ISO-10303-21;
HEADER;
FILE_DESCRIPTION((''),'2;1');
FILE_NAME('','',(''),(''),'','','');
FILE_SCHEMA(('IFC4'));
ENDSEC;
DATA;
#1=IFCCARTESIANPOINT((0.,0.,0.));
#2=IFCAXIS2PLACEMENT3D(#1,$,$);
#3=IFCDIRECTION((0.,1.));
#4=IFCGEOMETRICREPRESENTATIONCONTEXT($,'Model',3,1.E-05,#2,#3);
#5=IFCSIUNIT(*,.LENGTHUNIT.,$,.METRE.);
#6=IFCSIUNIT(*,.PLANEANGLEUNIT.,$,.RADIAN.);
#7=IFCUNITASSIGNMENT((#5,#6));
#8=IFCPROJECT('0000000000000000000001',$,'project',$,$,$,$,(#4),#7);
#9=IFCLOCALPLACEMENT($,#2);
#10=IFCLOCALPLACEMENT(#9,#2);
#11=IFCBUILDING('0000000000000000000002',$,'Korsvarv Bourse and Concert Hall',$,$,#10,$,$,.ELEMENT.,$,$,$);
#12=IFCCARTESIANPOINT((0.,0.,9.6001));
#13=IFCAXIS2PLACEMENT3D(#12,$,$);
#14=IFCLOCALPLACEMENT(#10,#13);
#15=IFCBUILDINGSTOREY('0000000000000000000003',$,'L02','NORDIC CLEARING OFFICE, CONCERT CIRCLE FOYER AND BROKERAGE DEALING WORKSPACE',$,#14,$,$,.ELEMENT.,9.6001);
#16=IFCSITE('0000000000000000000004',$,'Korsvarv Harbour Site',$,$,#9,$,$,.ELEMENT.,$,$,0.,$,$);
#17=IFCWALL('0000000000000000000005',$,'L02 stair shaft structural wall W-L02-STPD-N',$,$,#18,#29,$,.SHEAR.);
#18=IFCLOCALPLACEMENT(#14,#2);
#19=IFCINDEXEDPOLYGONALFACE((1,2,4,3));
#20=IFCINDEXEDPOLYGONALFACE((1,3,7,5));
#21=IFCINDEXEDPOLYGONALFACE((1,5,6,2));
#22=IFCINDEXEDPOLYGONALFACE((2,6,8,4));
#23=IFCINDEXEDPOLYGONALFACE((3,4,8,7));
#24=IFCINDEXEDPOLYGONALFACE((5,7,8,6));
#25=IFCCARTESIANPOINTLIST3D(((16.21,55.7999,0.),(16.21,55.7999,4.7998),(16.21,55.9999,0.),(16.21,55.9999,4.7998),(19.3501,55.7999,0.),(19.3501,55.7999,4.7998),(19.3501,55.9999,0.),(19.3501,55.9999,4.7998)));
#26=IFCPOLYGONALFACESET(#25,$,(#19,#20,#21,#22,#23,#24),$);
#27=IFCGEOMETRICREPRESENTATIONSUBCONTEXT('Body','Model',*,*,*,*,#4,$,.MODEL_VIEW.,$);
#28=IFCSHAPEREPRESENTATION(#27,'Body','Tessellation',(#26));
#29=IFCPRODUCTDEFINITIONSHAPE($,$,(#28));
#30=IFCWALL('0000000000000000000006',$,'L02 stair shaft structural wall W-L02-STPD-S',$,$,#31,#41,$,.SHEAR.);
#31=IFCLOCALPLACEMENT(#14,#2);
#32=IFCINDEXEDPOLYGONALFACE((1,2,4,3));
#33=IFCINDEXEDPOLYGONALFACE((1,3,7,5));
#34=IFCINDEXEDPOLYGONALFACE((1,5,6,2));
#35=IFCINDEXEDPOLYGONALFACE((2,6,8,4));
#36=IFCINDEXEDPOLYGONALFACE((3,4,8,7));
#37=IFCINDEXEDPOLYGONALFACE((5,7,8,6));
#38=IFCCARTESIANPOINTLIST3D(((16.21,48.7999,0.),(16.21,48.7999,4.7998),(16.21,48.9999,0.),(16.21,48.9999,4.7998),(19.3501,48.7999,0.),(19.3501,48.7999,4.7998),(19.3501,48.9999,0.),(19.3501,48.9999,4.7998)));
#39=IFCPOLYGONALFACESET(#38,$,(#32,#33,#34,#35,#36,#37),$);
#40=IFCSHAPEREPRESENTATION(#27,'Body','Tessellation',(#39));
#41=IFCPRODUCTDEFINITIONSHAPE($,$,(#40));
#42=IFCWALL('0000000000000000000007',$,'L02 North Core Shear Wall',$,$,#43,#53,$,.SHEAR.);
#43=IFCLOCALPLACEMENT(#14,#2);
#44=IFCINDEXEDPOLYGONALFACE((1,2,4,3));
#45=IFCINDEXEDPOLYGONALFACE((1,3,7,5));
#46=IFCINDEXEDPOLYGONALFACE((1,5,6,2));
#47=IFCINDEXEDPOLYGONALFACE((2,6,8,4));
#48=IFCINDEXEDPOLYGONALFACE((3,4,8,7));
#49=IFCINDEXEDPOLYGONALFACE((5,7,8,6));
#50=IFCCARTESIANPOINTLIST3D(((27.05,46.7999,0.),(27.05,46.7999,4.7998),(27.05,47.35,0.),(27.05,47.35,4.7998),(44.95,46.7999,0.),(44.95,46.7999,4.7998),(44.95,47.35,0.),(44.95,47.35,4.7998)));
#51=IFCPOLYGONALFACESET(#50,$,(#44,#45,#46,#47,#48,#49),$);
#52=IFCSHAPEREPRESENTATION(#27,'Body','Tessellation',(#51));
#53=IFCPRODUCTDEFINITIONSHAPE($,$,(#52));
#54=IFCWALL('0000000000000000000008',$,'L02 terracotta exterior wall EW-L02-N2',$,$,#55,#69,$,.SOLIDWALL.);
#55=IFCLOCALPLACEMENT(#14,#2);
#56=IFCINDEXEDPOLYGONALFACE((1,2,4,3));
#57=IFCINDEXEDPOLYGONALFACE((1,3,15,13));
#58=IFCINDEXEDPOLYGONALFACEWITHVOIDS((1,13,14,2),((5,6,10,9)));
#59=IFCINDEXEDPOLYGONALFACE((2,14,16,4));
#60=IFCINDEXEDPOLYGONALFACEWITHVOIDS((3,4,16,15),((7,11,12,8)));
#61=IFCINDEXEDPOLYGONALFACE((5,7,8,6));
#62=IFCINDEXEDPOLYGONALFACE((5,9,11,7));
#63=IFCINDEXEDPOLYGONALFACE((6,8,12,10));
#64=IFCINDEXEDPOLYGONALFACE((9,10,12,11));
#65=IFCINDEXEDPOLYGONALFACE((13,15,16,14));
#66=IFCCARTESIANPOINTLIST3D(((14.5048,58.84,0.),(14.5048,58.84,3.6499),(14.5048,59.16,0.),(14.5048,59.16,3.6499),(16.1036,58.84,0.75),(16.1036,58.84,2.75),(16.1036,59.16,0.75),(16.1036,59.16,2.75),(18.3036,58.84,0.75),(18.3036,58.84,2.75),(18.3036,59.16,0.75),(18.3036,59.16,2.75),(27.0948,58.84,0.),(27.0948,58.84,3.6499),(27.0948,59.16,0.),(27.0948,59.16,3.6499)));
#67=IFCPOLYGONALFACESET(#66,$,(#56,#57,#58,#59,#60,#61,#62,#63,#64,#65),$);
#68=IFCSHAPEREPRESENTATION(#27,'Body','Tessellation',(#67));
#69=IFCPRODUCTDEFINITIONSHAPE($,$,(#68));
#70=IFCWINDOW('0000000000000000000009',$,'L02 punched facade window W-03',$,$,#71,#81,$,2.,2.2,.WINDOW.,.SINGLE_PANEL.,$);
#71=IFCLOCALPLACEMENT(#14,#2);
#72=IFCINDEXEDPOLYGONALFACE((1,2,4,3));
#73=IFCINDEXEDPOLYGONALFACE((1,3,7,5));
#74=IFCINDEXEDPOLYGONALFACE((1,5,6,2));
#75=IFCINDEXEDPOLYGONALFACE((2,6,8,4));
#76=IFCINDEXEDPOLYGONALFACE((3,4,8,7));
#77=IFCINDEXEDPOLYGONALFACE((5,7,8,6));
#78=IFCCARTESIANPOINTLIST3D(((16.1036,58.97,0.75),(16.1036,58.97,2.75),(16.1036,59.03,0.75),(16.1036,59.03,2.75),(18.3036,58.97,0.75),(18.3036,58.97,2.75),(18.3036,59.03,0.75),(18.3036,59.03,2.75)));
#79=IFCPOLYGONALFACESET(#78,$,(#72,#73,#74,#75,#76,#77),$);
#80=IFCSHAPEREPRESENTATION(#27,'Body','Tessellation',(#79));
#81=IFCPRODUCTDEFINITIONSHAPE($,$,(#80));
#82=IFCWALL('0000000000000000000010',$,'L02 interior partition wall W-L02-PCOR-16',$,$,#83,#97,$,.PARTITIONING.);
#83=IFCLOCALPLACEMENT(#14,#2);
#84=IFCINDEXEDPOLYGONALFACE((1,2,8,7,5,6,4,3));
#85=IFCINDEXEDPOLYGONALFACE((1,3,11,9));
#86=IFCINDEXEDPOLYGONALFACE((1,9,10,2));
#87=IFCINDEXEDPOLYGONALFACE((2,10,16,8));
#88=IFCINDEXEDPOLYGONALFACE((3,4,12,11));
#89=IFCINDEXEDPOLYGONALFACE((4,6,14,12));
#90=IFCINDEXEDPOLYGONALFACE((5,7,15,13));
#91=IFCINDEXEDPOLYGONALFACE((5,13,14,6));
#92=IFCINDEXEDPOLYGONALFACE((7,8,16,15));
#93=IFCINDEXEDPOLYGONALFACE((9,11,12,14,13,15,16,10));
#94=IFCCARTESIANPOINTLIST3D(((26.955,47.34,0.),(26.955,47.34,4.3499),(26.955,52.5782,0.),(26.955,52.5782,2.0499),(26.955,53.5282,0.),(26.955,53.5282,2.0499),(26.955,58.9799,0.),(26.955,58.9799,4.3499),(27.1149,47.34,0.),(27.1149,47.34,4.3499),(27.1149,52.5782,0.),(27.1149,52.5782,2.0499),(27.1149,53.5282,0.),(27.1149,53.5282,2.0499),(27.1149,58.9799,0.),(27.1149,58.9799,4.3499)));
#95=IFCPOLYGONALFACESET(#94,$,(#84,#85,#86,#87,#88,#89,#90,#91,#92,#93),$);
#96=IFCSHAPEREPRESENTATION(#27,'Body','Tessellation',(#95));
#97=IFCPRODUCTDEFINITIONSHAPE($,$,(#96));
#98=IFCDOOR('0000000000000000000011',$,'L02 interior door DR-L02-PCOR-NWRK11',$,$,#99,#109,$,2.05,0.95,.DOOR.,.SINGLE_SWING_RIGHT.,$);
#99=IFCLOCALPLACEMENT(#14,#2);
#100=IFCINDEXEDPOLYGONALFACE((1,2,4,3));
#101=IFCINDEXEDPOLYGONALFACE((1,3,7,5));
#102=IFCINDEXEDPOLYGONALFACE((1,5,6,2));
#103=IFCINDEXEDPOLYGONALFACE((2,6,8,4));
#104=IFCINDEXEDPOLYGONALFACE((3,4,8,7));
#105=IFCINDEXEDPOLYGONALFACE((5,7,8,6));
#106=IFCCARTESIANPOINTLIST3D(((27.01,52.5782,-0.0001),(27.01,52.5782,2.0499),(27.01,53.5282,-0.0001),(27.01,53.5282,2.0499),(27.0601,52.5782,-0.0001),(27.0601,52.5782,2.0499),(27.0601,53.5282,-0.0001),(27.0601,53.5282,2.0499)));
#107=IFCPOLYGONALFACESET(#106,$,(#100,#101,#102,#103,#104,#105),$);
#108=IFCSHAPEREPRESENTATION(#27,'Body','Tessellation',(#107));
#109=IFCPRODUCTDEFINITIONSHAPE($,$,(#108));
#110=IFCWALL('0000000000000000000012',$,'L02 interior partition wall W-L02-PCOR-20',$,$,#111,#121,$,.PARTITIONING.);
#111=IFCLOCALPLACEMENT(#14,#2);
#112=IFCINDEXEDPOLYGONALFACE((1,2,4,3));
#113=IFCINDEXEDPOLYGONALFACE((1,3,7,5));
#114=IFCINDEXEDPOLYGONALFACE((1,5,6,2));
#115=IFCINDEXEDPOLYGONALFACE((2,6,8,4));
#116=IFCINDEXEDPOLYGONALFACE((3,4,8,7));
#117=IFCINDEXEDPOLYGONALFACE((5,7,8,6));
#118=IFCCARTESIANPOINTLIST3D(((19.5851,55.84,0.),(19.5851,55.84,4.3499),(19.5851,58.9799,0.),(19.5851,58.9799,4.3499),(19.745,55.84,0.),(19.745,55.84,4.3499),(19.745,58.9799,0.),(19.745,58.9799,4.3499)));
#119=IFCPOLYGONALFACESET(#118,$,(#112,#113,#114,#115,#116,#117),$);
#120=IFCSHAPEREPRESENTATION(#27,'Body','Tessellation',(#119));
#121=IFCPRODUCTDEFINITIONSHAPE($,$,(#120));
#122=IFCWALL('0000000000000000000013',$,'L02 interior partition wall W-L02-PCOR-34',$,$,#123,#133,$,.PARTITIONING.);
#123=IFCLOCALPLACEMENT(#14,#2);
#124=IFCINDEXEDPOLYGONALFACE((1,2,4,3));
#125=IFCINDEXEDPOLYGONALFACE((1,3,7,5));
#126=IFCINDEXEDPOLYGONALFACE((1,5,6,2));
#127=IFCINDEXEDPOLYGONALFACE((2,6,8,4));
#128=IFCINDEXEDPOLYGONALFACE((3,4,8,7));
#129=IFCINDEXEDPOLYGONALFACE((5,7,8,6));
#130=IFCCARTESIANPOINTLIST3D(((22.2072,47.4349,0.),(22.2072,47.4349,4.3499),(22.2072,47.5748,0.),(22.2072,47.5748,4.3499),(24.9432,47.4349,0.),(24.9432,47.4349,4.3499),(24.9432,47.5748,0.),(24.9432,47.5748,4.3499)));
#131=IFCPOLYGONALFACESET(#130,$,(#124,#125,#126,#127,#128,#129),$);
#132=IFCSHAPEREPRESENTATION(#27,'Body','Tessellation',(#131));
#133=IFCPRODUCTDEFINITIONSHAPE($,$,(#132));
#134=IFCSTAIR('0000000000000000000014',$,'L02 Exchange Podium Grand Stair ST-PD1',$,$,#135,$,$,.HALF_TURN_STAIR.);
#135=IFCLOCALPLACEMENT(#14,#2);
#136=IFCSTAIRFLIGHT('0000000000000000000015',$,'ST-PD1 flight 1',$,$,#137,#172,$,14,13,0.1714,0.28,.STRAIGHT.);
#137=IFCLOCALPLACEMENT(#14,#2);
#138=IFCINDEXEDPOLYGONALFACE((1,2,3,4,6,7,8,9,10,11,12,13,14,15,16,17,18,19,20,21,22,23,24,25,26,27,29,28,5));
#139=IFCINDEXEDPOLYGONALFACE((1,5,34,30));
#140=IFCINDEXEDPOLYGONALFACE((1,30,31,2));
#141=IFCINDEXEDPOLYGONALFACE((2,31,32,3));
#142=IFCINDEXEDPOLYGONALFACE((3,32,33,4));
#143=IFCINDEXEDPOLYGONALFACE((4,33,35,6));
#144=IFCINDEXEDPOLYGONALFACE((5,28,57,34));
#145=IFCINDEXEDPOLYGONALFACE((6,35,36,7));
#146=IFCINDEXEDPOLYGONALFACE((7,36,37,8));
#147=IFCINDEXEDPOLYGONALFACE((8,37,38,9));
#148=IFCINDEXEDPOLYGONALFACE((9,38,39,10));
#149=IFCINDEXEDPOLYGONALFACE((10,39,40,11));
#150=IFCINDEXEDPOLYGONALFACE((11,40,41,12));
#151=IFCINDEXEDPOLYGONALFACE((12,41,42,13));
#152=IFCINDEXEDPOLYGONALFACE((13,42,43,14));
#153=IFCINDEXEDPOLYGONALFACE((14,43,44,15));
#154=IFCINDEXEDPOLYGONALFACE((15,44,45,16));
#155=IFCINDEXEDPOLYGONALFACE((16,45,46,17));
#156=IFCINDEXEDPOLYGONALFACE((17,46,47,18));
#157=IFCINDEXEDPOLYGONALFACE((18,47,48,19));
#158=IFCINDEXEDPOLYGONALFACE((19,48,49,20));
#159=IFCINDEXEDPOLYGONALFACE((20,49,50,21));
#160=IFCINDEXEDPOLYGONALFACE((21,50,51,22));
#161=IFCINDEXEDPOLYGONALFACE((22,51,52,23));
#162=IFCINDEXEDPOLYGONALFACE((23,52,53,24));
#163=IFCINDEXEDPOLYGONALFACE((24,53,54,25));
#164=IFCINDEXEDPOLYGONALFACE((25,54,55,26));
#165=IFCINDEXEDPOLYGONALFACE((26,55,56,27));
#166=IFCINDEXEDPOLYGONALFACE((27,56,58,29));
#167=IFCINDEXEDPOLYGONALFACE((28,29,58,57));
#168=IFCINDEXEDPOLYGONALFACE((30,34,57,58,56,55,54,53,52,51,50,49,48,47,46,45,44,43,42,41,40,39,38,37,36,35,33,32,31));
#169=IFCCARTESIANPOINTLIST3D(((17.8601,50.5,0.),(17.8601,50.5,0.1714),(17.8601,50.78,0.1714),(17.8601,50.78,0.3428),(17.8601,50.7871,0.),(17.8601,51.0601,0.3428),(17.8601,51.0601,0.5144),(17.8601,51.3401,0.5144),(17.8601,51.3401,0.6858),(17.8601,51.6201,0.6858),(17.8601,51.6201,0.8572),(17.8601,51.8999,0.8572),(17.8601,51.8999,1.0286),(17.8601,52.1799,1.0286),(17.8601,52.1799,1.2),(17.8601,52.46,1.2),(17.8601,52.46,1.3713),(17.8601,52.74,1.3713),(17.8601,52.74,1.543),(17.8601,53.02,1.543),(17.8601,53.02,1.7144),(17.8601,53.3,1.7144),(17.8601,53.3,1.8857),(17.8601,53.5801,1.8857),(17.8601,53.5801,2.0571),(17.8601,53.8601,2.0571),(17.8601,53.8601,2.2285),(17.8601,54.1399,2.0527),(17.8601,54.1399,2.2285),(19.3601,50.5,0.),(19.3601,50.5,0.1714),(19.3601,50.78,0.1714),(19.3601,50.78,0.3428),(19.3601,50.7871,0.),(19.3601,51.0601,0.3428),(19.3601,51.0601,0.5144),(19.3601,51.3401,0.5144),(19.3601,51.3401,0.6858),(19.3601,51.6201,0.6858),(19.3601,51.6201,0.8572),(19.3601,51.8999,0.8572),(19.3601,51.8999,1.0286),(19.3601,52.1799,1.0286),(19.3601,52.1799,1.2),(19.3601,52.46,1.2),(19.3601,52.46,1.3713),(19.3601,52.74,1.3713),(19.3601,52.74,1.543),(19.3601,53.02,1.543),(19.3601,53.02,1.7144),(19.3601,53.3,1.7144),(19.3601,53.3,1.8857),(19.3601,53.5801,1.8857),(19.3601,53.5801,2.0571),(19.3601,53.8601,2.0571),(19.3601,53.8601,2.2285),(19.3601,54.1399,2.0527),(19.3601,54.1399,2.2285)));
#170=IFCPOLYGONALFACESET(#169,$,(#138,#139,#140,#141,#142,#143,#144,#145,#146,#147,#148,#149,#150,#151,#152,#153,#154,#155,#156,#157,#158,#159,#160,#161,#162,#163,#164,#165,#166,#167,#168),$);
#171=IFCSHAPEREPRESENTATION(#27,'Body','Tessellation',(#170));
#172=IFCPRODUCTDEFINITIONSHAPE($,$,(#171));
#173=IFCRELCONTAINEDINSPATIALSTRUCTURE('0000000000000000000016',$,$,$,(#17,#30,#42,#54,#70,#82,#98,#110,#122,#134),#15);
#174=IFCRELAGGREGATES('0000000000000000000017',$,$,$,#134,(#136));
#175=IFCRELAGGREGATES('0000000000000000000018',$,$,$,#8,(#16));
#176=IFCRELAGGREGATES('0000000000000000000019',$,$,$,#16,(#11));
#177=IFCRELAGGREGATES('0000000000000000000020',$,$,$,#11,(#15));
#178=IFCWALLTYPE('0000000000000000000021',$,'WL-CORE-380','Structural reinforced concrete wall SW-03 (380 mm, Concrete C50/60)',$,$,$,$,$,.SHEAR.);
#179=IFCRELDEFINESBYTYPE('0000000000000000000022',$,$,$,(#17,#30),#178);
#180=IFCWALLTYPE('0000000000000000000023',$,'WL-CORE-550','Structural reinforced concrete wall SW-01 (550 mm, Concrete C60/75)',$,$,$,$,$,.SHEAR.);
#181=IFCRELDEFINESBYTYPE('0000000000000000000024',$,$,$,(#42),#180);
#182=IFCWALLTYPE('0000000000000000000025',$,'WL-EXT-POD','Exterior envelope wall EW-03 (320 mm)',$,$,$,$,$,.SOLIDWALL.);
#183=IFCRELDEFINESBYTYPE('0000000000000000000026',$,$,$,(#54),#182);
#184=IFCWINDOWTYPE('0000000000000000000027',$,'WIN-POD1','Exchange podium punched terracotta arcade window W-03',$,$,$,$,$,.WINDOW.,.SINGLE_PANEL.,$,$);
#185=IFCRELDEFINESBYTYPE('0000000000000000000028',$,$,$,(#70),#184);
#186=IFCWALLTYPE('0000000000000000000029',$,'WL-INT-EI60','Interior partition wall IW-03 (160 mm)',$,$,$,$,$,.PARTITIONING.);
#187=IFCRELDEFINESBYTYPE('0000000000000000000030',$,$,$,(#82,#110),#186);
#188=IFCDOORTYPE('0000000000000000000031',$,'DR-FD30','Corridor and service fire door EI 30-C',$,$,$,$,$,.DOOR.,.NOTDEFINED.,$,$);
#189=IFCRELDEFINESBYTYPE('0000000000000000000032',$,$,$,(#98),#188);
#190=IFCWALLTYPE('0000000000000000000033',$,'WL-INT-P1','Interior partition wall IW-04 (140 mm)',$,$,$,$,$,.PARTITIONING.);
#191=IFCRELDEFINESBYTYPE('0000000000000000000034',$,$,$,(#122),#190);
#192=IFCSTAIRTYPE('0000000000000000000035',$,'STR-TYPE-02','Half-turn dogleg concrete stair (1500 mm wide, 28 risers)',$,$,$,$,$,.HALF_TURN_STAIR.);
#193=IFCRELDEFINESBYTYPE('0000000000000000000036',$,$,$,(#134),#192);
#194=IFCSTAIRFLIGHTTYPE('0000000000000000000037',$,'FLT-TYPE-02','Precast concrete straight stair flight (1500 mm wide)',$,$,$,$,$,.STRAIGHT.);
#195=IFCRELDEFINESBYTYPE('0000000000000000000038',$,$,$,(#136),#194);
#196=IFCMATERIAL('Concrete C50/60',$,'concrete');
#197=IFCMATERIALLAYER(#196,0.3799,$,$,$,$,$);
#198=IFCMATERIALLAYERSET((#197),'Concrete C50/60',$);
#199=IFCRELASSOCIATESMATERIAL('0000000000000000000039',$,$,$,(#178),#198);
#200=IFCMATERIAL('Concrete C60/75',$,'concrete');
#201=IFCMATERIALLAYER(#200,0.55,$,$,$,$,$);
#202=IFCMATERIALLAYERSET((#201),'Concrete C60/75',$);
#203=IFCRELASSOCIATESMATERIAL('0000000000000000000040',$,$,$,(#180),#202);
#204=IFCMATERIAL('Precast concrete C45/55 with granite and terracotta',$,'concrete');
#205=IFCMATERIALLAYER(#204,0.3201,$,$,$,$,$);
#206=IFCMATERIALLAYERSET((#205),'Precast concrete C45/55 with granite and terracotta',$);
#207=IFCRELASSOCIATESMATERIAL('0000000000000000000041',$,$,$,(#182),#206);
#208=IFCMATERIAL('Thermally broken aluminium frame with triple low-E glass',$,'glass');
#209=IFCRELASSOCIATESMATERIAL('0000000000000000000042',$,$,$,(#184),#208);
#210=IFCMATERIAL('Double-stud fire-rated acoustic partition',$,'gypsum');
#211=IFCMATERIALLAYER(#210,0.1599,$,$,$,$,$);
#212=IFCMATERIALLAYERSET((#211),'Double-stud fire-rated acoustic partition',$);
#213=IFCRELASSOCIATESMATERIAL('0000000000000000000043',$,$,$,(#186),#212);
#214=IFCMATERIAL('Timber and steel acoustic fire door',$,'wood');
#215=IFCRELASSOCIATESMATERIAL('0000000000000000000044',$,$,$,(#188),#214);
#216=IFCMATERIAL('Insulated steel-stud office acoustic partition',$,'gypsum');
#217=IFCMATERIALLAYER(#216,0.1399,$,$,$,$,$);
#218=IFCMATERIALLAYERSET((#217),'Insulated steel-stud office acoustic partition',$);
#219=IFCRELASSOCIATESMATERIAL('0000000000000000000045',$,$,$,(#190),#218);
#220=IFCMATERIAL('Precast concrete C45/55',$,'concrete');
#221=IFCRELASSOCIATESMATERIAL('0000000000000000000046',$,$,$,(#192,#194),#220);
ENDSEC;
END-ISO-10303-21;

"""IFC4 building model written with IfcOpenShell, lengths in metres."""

from ifc_helpers import new_model, si_unit, direction, frame, frame_2d, origin, place, context, subcontext, project, spatial, polyline, rectangle, outline, extrude, material, layer, layer_set, type_object, element, fill, aggregate, save


model = new_model("IFC4")

# Units and contexts
model_context = context("Model", 3, precision=1e-05, world=origin(), true_north=direction((0.0, 1.0)))
body_context = subcontext(model_context, "Body", "Model", "MODEL_VIEW")
ifc_project = project(units=[si_unit("LENGTHUNIT", "METRE"), si_unit("PLANEANGLEUNIT", "RADIAN")], contexts=[model_context])

# Site, building, storey
site_placement = place(None, origin())
site = spatial("IfcSite", under=ifc_project, at=site_placement, Name="Korsvarv Harbour Site", CompositionType="ELEMENT", RefElevation=0.0)
building_placement = place(site_placement, origin())
building = spatial("IfcBuilding", under=site, at=building_placement, Name="Korsvarv Bourse and Concert Hall", CompositionType="ELEMENT")
storey_placement = place(building_placement, frame((0.0, 0.0, 9.6001)))
storey = spatial("IfcBuildingStorey", under=building, at=storey_placement, Name="L02", Description="NORDIC CLEARING OFFICE, CONCERT CIRCLE FOYER AND BROKERAGE DEALING WORKSPACE", CompositionType="ELEMENT", Elevation=9.6001)

# Shared definitions
ifc_material_1 = material(Name="Concrete C60/75", Category="concrete")

# Shared definitions
ifc_material_2 = material(Name="Concrete C50/60", Category="concrete")
ifc_layer_1 = layer(ifc_material_2, 0.3799)
ifc_layer_set_1 = layer_set([ifc_layer_1], Name="Concrete C50/60")
wall_type_1 = type_object("IfcWallType", Name="WL-CORE-380", Description="Structural reinforced concrete wall SW-03 (380 mm, Concrete C50/60)", PredefinedType="SHEAR", material=ifc_layer_set_1)

# Walls
for number, where, z_axis, x_axis, name in (
    (1, (16.21, 55.8999, 0.0), (0.0, 0.0, 1.0), (1.0, 0.0, 0.0), "L02 stair shaft structural wall W-L02-STPD-N"),
    (2, (16.21, 48.8999, 0.0), (0.0, 0.0, 1.0), (1.0, 0.0, 0.0), "L02 stair shaft structural wall W-L02-STPD-S"),
):
    element("IfcWall", number, at=place(storey_placement, frame(where, z_axis=z_axis, x_axis=x_axis)), inside=storey, type_object=wall_type_1, Name=name, PredefinedType="SHEAR", context=body_context, shape_type="SweptSolid", body=[
        extrude(rectangle(XDim=3.1401, YDim=0.2, at=frame_2d((1.5701, 0.0))), origin(), (0.0, 0.0, 1.0), 4.7998),
    ])
ifc_layer_2 = layer(ifc_material_1, 0.55)
ifc_layer_set_2 = layer_set([ifc_layer_2], Name="Concrete C60/75")
wall_type_2 = type_object("IfcWallType", Name="WL-CORE-550", Description="Structural reinforced concrete wall SW-01 (550 mm, Concrete C60/75)", PredefinedType="SHEAR", material=ifc_layer_set_2)
wall_1_placement = place(storey_placement, frame((27.05, 47.075, 0.0), z_axis=(0.0, 0.0, 1.0), x_axis=(1.0, 0.0, 0.0)))
element("IfcWall", 3, at=wall_1_placement, inside=storey, type_object=wall_type_2, Name="L02 North Core Shear Wall", PredefinedType="SHEAR", context=body_context, shape_type="SweptSolid", body=[
    extrude(rectangle(XDim=17.8999, YDim=0.55, at=frame_2d((8.95, 0.0))), origin(), (0.0, 0.0, 1.0), 4.7998),
])

# Wall, opening, window
ifc_material_3 = material(Name="Precast concrete C45/55 with granite and terracotta", Category="concrete")
ifc_layer_3 = layer(ifc_material_3, 0.3201)
ifc_layer_set_3 = layer_set([ifc_layer_3], Name="Precast concrete C45/55 with granite and terracotta")
wall_type_3 = type_object("IfcWallType", Name="WL-EXT-POD", Description="Exterior envelope wall EW-03 (320 mm)", PredefinedType="SOLIDWALL", material=ifc_layer_set_3)
wall_2_placement = place(storey_placement, frame((14.5049, 59.0, 0.0), z_axis=(0.0, 0.0, 1.0), x_axis=(1.0, 0.0, 0.0)))
wall_2 = element("IfcWall", 4, at=wall_2_placement, inside=storey, type_object=wall_type_3, Name="L02 terracotta exterior wall EW-L02-N2", PredefinedType="SOLIDWALL", context=body_context, shape_type="SweptSolid", body=[
    extrude(rectangle(XDim=12.5901, YDim=0.3201, at=frame_2d((6.2949, 0.0))), origin(), (0.0, 0.0, 1.0), 3.6499),
])
opening_1_placement = place(wall_2_placement, frame((1.5986, 0.0, 0.75)))
opening_1 = element("IfcOpeningElement", 5, at=opening_1_placement, cuts=wall_2, PredefinedType="OPENING", context=body_context, shape_type="SweptSolid", body=[
    extrude(rectangle(XDim=2.2, YDim=2.0, at=frame_2d((1.1001, 1.0))), frame((0.0, 0.1699, 0.0), z_axis=(0.0, -1.0, 0.0), x_axis=(1.0, 0.0, 0.0)), (0.0, 0.0, 1.0), 0.3401),
])
ifc_material_4 = material(Name="Thermally broken aluminium frame with triple low-E glass", Category="glass")
window_type = type_object("IfcWindowType", Name="WIN-POD1", Description="Exchange podium punched terracotta arcade window W-03", PartitioningType="SINGLE_PANEL", PredefinedType="WINDOW", material=ifc_material_4)
window_placement = place(opening_1_placement, origin())
window = element("IfcWindow", 6, at=window_placement, inside=storey, type_object=window_type, Name="L02 punched facade window W-03", OverallHeight=2.0, OverallWidth=2.2, PartitioningType="SINGLE_PANEL", PredefinedType="WINDOW", context=body_context, shape_type="SweptSolid", body=[
    extrude(rectangle(XDim=2.2, YDim=2.0, at=frame_2d((1.1001, 1.0))), frame((0.0, 0.03, 0.0), z_axis=(0.0, -1.0, 0.0), x_axis=(1.0, 0.0, 0.0)), (0.0, 0.0, 1.0), 0.0601),
])
fill(opening_1, window)

# Wall, opening, door
ifc_material_5 = material(Name="Double-stud fire-rated acoustic partition", Category="gypsum")
ifc_layer_4 = layer(ifc_material_5, 0.1599)
ifc_layer_set_4 = layer_set([ifc_layer_4], Name="Double-stud fire-rated acoustic partition")
wall_type_4 = type_object("IfcWallType", Name="WL-INT-EI60", Description="Interior partition wall IW-03 (160 mm)", PredefinedType="PARTITIONING", material=ifc_layer_set_4)
wall_3_placement = place(storey_placement, frame((27.0349, 47.3401, 0.0), z_axis=(0.0, 0.0, 1.0), x_axis=(0.0, 1.0, 0.0)))
wall_3 = element("IfcWall", 7, at=wall_3_placement, inside=storey, type_object=wall_type_4, Name="L02 interior partition wall W-L02-PCOR-16", PredefinedType="PARTITIONING", context=body_context, shape_type="SweptSolid", body=[
    extrude(rectangle(XDim=11.6399, YDim=0.1599, at=frame_2d((5.8198, 0.0))), origin(), (0.0, 0.0, 1.0), 4.3499),
])
opening_2_placement = place(wall_3_placement, frame((5.238, 0.0, 0.0)))
opening_2 = element("IfcOpeningElement", 8, at=opening_2_placement, cuts=wall_3, PredefinedType="OPENING", context=body_context, shape_type="SweptSolid", body=[
    extrude(rectangle(XDim=0.95, YDim=2.05, at=frame_2d((0.4751, 1.0249))), frame((0.0, 0.0898, 0.0), z_axis=(0.0, -1.0, 0.0), x_axis=(1.0, 0.0, 0.0)), (0.0, 0.0, 1.0), 0.1799),
])
ifc_material_6 = material(Name="Timber and steel acoustic fire door", Category="wood")
door_type_1 = type_object("IfcDoorType", Name="DR-FD30", Description="Corridor and service fire door EI 30-C", OperationType="NOTDEFINED", PredefinedType="DOOR", material=ifc_material_6)
door_1_placement = place(opening_2_placement, origin())
door_1 = element("IfcDoor", 9, at=door_1_placement, inside=storey, type_object=door_type_1, Name="L02 interior door DR-L02-PCOR-NWRK11", OperationType="SINGLE_SWING_RIGHT", OverallHeight=2.05, OverallWidth=0.95, PredefinedType="DOOR", context=body_context, shape_type="SweptSolid", body=[
    extrude(rectangle(XDim=0.95, YDim=2.05, at=frame_2d((0.4751, 1.0249))), frame((0.0, 0.0249, 0.0), z_axis=(0.0, -1.0, 0.0), x_axis=(1.0, 0.0, 0.0)), (0.0, 0.0, 1.0), 0.05),
])
fill(opening_2, door_1)

# Walls
wall_4_placement = place(storey_placement, frame((19.665, 55.8401, 0.0), z_axis=(0.0, 0.0, 1.0), x_axis=(0.0, 1.0, 0.0)))
element("IfcWall", 10, at=wall_4_placement, inside=storey, type_object=wall_type_4, Name="L02 interior partition wall W-L02-PCOR-20", PredefinedType="PARTITIONING", context=body_context, shape_type="SweptSolid", body=[
    extrude(rectangle(XDim=3.1399, YDim=0.1599, at=frame_2d((1.5698, 0.0))), origin(), (0.0, 0.0, 1.0), 4.3499),
])
ifc_material_7 = material(Name="Insulated steel-stud office acoustic partition", Category="gypsum")
ifc_layer_5 = layer(ifc_material_7, 0.1399)
ifc_layer_set_5 = layer_set([ifc_layer_5], Name="Insulated steel-stud office acoustic partition")
wall_type_5 = type_object("IfcWallType", Name="WL-INT-P1", Description="Interior partition wall IW-04 (140 mm)", PredefinedType="PARTITIONING", material=ifc_layer_set_5)
wall_5_placement = place(storey_placement, frame((22.207, 47.5049, 0.0), z_axis=(0.0, 0.0, 1.0), x_axis=(1.0, 0.0, 0.0)))
element("IfcWall", 11, at=wall_5_placement, inside=storey, type_object=wall_type_5, Name="L02 interior partition wall W-L02-PCOR-34", PredefinedType="PARTITIONING", context=body_context, shape_type="SweptSolid", body=[
    extrude(rectangle(XDim=2.7361, YDim=0.1399, at=frame_2d((1.3682, 0.0))), origin(), (0.0, 0.0, 1.0), 4.3499),
])

# Stair, stair flight
ifc_material_8 = material(Name="Precast concrete C45/55", Category="concrete")
stair_type = type_object("IfcStairType", Name="STR-TYPE-02", Description="Half-turn dogleg concrete stair (1500 mm wide, 28 risers)", PredefinedType="HALF_TURN_STAIR", material=ifc_material_8)
stair_placement = place(storey_placement, origin())
stair = element("IfcStair", 12, at=stair_placement, inside=storey, type_object=stair_type, Name="L02 Exchange Podium Grand Stair ST-PD1", PredefinedType="HALF_TURN_STAIR")
stair_flight_type = type_object("IfcStairFlightType", Name="FLT-TYPE-02", Description="Precast concrete straight stair flight (1500 mm wide)", PredefinedType="STRAIGHT", material=ifc_material_8)
stair_flight_1_placement = place(storey_placement, frame((18.6101, 50.5, 0.0), z_axis=(0.0, 0.0, 1.0), x_axis=(0.0, 1.0, 0.0)))
stair_flight_1 = element("IfcStairFlight", 13, at=stair_flight_1_placement, type_object=stair_flight_type, Name="ST-PD1 flight 1", NumberOfRisers=14, NumberOfTreads=13, PredefinedType="STRAIGHT", RiserHeight=0.1714, TreadLength=0.28, context=body_context, shape_type="SweptSolid", body=[
    extrude(outline(polyline([(0.0, 0.0), (0.0, 0.1714), (0.28, 0.1714), (0.28, 0.3428), (0.5601, 0.3428), (0.5601, 0.5144), (0.8401, 0.5144), (0.8401, 0.6858), (1.1201, 0.6858), (1.1201, 0.8572), (1.3999, 0.8572), (1.3999, 1.0286), (1.6799, 1.0286), (1.6799, 1.2), (1.96, 1.2), (1.96, 1.3713), (2.24, 1.3713), (2.24, 1.543), (2.52, 1.543), (2.52, 1.7144), (2.8, 1.7144), (2.8, 1.8857), (3.0801, 1.8857), (3.0801, 2.0571), (3.3601, 2.0571), (3.3601, 2.2285), (3.6399, 2.2285), (3.6399, 2.3999), (3.6399, 2.0527), (0.2871, 0.0), (0.0, 0.0)])), frame((0.0, 0.75, 0.0), z_axis=(0.0, -1.0, 0.0), x_axis=(1.0, 0.0, 0.0)), (0.0, 0.0, 1.0), 1.5),
])
aggregate(stair, [stair_flight_1])

save(model, "model.ifc")
